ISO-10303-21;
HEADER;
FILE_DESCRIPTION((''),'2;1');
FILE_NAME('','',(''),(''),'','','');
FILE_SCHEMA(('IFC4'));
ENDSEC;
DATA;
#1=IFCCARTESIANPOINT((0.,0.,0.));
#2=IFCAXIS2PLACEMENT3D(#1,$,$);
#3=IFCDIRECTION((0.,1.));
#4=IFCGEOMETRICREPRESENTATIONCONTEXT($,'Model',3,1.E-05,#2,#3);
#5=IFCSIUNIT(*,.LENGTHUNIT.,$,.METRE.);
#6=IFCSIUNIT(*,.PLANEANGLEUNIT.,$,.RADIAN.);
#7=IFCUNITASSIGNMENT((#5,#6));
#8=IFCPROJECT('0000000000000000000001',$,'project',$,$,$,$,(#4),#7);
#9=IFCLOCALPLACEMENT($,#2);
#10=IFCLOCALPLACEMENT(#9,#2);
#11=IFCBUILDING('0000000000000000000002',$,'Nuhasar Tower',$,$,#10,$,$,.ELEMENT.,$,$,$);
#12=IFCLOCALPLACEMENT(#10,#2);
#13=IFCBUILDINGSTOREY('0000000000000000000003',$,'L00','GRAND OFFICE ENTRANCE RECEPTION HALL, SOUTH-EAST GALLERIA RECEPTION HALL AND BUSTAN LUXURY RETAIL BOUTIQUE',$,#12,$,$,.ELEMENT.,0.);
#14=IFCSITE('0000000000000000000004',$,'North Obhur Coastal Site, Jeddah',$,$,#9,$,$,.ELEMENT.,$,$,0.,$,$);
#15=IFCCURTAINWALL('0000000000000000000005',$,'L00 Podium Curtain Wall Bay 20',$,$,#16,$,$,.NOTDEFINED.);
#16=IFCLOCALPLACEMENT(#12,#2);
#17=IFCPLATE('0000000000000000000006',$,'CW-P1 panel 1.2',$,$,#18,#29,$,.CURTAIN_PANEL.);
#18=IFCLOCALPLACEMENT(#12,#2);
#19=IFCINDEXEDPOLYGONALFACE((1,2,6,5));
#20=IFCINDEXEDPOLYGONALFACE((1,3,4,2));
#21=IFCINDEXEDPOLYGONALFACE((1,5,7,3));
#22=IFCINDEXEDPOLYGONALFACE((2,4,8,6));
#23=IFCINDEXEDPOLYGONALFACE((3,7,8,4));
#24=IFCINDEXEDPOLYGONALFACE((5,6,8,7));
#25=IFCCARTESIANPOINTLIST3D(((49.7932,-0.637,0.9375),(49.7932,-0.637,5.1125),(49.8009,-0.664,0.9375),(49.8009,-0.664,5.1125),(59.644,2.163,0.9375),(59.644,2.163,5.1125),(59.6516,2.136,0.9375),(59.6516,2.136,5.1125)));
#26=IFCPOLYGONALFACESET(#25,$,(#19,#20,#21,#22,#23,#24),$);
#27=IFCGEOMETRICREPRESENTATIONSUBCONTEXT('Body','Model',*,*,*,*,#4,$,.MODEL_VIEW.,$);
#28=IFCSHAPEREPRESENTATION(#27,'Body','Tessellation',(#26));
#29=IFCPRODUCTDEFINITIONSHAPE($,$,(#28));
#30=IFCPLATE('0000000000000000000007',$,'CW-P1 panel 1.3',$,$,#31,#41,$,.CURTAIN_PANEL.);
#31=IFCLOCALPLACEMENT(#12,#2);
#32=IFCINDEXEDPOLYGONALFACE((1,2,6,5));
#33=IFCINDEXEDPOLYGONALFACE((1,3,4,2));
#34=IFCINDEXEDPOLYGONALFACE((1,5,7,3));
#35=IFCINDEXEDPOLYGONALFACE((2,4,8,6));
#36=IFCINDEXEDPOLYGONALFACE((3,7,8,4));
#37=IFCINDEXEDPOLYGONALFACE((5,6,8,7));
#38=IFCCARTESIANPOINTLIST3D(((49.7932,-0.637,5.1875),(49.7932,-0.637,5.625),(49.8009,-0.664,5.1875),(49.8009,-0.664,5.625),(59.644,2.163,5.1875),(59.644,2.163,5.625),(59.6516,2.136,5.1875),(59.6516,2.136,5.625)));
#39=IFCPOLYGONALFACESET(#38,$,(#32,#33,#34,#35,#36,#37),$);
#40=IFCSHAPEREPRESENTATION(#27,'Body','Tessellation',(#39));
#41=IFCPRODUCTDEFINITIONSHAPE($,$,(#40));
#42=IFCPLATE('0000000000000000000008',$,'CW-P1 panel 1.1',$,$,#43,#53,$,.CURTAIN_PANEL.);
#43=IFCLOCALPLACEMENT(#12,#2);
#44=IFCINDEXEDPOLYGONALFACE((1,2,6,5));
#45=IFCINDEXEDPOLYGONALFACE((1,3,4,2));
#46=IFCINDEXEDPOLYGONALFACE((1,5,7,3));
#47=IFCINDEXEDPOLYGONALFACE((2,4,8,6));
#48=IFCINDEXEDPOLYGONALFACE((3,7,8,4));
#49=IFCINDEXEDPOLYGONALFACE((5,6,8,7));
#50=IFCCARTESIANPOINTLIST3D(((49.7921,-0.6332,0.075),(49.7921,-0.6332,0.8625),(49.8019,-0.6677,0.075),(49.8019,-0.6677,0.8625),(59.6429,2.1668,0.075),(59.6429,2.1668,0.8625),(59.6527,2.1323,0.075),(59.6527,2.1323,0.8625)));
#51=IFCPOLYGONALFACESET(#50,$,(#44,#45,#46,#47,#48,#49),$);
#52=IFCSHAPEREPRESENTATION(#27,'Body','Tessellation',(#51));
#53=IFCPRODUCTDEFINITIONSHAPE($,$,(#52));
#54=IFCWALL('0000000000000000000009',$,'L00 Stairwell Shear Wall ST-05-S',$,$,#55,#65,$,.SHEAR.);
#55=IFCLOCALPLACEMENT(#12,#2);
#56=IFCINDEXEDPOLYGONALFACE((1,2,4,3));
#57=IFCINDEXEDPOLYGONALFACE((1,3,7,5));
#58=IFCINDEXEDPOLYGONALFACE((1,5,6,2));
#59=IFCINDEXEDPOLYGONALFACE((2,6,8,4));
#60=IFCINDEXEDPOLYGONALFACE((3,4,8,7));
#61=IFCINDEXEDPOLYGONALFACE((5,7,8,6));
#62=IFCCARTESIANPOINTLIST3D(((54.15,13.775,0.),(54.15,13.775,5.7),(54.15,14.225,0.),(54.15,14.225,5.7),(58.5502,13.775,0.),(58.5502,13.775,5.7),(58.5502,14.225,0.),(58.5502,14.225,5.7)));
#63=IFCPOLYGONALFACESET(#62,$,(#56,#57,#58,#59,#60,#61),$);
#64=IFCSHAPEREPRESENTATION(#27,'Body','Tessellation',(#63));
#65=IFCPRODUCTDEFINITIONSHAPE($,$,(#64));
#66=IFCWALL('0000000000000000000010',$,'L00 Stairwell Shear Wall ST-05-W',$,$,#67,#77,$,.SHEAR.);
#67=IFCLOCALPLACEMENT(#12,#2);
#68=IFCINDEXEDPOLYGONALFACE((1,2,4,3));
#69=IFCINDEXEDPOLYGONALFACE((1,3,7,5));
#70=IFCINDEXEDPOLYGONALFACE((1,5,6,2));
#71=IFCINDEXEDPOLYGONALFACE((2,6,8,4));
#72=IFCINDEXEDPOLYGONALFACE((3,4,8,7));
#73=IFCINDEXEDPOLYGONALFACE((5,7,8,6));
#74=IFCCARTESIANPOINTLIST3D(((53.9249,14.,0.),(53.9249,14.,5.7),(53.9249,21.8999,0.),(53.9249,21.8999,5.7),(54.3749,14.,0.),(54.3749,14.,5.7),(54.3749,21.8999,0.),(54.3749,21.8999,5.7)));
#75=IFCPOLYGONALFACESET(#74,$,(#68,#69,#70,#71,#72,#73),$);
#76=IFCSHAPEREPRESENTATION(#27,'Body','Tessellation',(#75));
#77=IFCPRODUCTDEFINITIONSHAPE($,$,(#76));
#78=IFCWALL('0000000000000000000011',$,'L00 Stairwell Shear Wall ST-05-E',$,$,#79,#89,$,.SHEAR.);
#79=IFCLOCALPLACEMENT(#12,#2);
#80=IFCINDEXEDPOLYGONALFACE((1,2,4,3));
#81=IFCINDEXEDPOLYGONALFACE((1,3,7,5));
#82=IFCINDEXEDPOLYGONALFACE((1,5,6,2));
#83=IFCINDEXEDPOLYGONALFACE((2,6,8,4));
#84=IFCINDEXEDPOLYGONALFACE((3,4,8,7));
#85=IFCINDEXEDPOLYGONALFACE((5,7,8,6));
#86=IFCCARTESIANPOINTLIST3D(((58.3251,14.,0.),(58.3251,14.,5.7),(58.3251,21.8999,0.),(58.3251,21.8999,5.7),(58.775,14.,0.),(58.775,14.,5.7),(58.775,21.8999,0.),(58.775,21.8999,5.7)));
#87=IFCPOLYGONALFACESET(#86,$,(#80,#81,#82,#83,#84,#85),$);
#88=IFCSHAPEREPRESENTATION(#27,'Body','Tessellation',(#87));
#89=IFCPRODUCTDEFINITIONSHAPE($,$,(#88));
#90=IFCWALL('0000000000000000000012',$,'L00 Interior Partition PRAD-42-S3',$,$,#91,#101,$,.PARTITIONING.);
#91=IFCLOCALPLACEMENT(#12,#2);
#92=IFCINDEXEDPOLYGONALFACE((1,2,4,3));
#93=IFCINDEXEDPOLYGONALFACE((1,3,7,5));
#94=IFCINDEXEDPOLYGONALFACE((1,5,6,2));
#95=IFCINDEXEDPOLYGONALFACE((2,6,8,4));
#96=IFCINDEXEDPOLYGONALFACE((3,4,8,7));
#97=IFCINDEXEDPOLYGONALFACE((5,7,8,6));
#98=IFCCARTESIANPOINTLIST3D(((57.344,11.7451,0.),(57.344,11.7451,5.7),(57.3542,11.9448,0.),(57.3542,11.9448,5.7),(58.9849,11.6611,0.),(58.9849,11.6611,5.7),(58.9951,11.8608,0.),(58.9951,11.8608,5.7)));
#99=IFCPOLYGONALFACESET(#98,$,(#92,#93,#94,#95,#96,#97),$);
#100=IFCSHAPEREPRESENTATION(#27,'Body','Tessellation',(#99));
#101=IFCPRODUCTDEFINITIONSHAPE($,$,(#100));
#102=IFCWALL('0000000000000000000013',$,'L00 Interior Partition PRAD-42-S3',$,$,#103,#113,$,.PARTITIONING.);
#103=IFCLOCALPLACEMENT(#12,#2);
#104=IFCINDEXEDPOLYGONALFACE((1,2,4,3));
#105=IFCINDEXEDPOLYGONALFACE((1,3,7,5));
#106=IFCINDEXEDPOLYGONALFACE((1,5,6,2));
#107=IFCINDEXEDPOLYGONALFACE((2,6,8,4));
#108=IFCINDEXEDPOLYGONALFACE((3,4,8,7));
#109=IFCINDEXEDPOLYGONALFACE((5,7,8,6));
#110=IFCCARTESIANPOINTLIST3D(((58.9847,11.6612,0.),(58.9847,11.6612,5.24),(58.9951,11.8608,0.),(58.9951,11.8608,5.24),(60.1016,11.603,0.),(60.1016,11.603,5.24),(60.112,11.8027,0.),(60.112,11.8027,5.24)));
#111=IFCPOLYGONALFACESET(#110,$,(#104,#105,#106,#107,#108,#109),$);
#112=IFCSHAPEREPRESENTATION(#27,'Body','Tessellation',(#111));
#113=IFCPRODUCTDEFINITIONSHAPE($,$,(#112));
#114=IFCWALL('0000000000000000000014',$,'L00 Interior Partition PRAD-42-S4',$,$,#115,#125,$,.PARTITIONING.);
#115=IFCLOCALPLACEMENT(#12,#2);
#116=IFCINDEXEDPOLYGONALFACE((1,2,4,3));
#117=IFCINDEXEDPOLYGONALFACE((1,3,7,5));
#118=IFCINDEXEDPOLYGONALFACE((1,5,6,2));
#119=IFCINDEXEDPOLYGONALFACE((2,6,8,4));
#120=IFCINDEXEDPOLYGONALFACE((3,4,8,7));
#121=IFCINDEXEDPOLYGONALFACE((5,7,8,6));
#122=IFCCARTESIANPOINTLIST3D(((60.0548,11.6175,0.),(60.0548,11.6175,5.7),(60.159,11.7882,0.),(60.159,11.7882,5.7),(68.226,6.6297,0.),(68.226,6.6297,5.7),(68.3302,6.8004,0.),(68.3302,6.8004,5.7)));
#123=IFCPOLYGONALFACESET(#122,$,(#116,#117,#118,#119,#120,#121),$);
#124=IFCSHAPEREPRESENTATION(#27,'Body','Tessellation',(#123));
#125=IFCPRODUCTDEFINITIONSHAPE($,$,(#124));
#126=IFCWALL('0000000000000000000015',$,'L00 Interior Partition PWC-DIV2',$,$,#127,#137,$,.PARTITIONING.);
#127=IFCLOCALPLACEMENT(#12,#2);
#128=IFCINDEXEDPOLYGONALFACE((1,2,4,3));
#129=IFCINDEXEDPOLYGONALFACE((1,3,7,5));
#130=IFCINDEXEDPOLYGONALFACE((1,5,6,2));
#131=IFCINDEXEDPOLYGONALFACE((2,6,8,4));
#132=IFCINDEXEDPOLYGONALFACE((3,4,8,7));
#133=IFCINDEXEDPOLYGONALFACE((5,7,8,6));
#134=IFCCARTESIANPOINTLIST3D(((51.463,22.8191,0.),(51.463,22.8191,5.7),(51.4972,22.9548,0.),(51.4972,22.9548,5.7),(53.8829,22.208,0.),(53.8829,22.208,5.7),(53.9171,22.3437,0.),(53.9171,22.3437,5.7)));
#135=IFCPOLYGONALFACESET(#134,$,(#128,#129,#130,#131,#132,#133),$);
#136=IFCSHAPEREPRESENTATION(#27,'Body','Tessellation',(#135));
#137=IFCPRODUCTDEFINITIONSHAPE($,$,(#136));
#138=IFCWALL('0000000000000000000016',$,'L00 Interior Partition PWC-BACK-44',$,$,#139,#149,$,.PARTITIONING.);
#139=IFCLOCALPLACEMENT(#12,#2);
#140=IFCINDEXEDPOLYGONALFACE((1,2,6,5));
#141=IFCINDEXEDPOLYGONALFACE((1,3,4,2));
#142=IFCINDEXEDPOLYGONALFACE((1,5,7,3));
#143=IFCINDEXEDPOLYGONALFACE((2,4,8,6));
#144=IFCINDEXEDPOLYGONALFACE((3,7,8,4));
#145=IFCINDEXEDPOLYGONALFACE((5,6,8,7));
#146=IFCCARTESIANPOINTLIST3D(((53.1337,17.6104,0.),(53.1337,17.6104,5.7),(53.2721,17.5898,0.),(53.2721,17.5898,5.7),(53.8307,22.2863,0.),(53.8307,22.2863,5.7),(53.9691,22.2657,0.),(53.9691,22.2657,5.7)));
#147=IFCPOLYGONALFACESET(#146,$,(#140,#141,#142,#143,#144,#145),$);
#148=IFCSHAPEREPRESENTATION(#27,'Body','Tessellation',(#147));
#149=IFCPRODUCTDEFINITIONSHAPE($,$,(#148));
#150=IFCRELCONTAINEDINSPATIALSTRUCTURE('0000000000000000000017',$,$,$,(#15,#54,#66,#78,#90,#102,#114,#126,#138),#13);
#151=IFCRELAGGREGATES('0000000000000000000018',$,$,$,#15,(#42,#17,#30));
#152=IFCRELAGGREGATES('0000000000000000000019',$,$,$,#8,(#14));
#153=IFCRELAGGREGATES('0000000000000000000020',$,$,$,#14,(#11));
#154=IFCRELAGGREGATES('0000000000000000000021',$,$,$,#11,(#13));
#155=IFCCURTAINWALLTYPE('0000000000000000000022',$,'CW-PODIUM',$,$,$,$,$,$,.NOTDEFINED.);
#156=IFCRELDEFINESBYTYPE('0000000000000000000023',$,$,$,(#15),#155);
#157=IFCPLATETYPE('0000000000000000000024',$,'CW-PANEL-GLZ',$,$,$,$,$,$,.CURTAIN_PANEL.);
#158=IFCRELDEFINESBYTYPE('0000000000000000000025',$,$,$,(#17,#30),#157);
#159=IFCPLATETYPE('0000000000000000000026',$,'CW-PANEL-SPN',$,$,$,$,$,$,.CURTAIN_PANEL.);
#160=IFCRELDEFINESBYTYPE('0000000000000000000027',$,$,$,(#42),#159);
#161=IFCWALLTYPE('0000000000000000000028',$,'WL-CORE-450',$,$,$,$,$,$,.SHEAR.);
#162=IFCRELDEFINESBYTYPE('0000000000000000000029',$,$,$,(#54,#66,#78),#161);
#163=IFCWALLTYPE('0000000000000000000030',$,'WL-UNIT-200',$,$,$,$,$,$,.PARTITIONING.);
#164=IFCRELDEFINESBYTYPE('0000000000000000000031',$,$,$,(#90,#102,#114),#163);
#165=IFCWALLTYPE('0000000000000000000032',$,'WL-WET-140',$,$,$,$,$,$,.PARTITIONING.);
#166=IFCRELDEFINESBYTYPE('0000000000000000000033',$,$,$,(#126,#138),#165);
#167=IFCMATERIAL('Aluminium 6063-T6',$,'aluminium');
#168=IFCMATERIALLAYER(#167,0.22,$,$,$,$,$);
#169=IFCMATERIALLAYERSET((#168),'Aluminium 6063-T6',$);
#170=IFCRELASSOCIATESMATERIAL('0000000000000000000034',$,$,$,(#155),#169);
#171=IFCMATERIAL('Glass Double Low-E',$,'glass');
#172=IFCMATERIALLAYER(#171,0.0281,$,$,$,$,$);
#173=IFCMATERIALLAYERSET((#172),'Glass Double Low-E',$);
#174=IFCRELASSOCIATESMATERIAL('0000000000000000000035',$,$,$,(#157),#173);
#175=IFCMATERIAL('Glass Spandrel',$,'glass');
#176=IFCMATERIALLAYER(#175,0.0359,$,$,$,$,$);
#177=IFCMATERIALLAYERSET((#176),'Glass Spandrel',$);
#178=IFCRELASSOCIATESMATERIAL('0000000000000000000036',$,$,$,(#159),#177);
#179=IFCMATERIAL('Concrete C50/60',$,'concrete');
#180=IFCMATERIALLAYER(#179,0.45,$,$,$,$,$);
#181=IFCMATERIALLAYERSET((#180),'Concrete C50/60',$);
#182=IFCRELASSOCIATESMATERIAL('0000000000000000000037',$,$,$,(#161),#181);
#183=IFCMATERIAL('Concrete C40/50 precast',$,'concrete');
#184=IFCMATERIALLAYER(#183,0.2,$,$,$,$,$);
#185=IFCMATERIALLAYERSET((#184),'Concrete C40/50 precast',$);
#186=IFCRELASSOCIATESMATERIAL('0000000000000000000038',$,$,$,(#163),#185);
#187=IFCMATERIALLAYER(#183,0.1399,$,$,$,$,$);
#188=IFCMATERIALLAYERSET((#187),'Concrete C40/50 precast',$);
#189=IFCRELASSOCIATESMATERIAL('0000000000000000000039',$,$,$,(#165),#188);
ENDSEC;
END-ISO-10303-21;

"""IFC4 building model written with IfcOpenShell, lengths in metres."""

from ifc_helpers import new_model, si_unit, direction, frame, frame_2d, origin, origin_2d, place, context, subcontext, project, spatial, rectangle, extrude, material, layer, layer_set, type_object, element, aggregate, save


model = new_model("IFC4")

# Units and contexts
model_context = context("Model", 3, precision=1e-05, world=origin(), true_north=direction((0.0, 1.0)))
body_context = subcontext(model_context, "Body", "Model", "MODEL_VIEW")
ifc_project = project(units=[si_unit("LENGTHUNIT", "METRE"), si_unit("PLANEANGLEUNIT", "RADIAN")], contexts=[model_context])

# Site, building, storey
site_placement = place(None, origin())
site = spatial("IfcSite", under=ifc_project, at=site_placement, Name="North Obhur Coastal Site, Jeddah", CompositionType="ELEMENT", RefElevation=0.0)
building_placement = place(site_placement, origin())
building = spatial("IfcBuilding", under=site, at=building_placement, Name="Nuhasar Tower", CompositionType="ELEMENT")
storey_placement = place(building_placement, origin())
storey = spatial("IfcBuildingStorey", under=building, at=storey_placement, Name="L00", Description="GRAND OFFICE ENTRANCE RECEPTION HALL, SOUTH-EAST GALLERIA RECEPTION HALL AND BUSTAN LUXURY RETAIL BOUTIQUE", CompositionType="ELEMENT", Elevation=0.0)

# Curtain wall
ifc_material_1 = material(Name="Aluminium 6063-T6", Category="aluminium")
ifc_layer_1 = layer(ifc_material_1, 0.22)
ifc_layer_set_1 = layer_set([ifc_layer_1], Name="Aluminium 6063-T6")
curtain_wall_type = type_object("IfcCurtainWallType", Name="CW-PODIUM", PredefinedType="NOTDEFINED", material=ifc_layer_set_1)
curtain_wall_1_placement = place(storey_placement, origin())
curtain_wall_1 = element("IfcCurtainWall", 1, at=curtain_wall_1_placement, inside=storey, type_object=curtain_wall_type, Name="L00 Podium Curtain Wall Bay 20", PredefinedType="NOTDEFINED")

# Plates
ifc_material_2 = material(Name="Glass Double Low-E", Category="glass")
ifc_layer_2 = layer(ifc_material_2, 0.0281)
ifc_layer_set_2 = layer_set([ifc_layer_2], Name="Glass Double Low-E")
plate_type_1 = type_object("IfcPlateType", Name="CW-PANEL-GLZ", PredefinedType="CURTAIN_PANEL", material=ifc_layer_set_2)
plate_1_placement = place(storey_placement, frame((54.7224, 0.7495, 0.9375), z_axis=(0.0, 0.0, 1.0), x_axis=(0.961897, 0.273412, 0.0)))
plate_1 = element("IfcPlate", 2, at=plate_1_placement, type_object=plate_type_1, Name="CW-P1 panel 1.2", PredefinedType="CURTAIN_PANEL", context=body_context, shape_type="SweptSolid", body=[
    extrude(rectangle(XDim=10.241, YDim=0.0281, at=origin_2d()), origin(), (0.0, 0.0, 1.0), 4.175),
])
plate_2_placement = place(storey_placement, frame((54.7224, 0.7495, 5.1875), z_axis=(0.0, 0.0, 1.0), x_axis=(0.961897, 0.273412, 0.0)))
plate_2 = element("IfcPlate", 3, at=plate_2_placement, type_object=plate_type_1, Name="CW-P1 panel 1.3", PredefinedType="CURTAIN_PANEL", context=body_context, shape_type="SweptSolid", body=[
    extrude(rectangle(XDim=10.241, YDim=0.0281, at=origin_2d()), origin(), (0.0, 0.0, 1.0), 0.4375),
])
ifc_material_3 = material(Name="Glass Spandrel", Category="glass")
ifc_layer_3 = layer(ifc_material_3, 0.0359)
ifc_layer_set_3 = layer_set([ifc_layer_3], Name="Glass Spandrel")
plate_type_2 = type_object("IfcPlateType", Name="CW-PANEL-SPN", PredefinedType="CURTAIN_PANEL", material=ifc_layer_set_3)
plate_3_placement = place(storey_placement, frame((54.7224, 0.7495, 0.075), z_axis=(0.0, 0.0, 1.0), x_axis=(0.961897, 0.273412, 0.0)))
plate_3 = element("IfcPlate", 4, at=plate_3_placement, type_object=plate_type_2, Name="CW-P1 panel 1.1", PredefinedType="CURTAIN_PANEL", context=body_context, shape_type="SweptSolid", body=[
    extrude(rectangle(XDim=10.241, YDim=0.0359, at=origin_2d()), origin(), (0.0, 0.0, 1.0), 0.7876),
])
aggregate(curtain_wall_1, [plate_3, plate_1, plate_2])

# Wall
ifc_material_4 = material(Name="Concrete C50/60", Category="concrete")
ifc_layer_4 = layer(ifc_material_4, 0.45)
ifc_layer_set_4 = layer_set([ifc_layer_4], Name="Concrete C50/60")
wall_type_1 = type_object("IfcWallType", Name="WL-CORE-450", PredefinedType="SHEAR", material=ifc_layer_set_4)
wall_1_placement = place(storey_placement, frame((54.1499, 14.0, 0.0), z_axis=(0.0, 0.0, 1.0), x_axis=(1.0, 0.0, 0.0)))
element("IfcWall", 5, at=wall_1_placement, inside=storey, type_object=wall_type_1, Name="L00 Stairwell Shear Wall ST-05-S", PredefinedType="SHEAR", context=body_context, shape_type="SweptSolid", body=[
    extrude(rectangle(XDim=4.4001, YDim=0.45, at=frame_2d((2.2002, 0.0))), origin(), (0.0, 0.0, 1.0), 5.7),
])

# Walls
for number, where, z_axis, x_axis, name in (
    (6, (54.1499, 14.0, 0.0), (0.0, 0.0, 1.0), (0.0, 1.0, 0.0), "L00 Stairwell Shear Wall ST-05-W"),
    (7, (58.55, 14.0, 0.0), (0.0, 0.0, 1.0), (0.0, 1.0, 0.0), "L00 Stairwell Shear Wall ST-05-E"),
):
    element("IfcWall", number, at=place(storey_placement, frame(where, z_axis=z_axis, x_axis=x_axis)), inside=storey, type_object=wall_type_1, Name=name, PredefinedType="SHEAR", context=body_context, shape_type="SweptSolid", body=[
        extrude(rectangle(XDim=7.8999, YDim=0.45, at=frame_2d((3.95, 0.0))), origin(), (0.0, 0.0, 1.0), 5.7),
    ])
ifc_material_5 = material(Name="Concrete C40/50 precast", Category="concrete")
ifc_layer_5 = layer(ifc_material_5, 0.2)
ifc_layer_set_5 = layer_set([ifc_layer_5], Name="Concrete C40/50 precast")
wall_type_2 = type_object("IfcWallType", Name="WL-UNIT-200", PredefinedType="PARTITIONING", material=ifc_layer_set_5)
wall_2_placement = place(storey_placement, frame((57.3491, 11.845, 0.0), z_axis=(0.0, 0.0, 1.0), x_axis=(0.998693, -0.051116, 0.0)))
element("IfcWall", 8, at=wall_2_placement, inside=storey, type_object=wall_type_2, Name="L00 Interior Partition PRAD-42-S3", PredefinedType="PARTITIONING", context=body_context, shape_type="SweptSolid", body=[
    extrude(rectangle(XDim=1.6431, YDim=0.2, at=frame_2d((0.8215, 0.0))), origin(), (0.0, 0.0, 1.0), 5.7),
])
wall_3_placement = place(storey_placement, frame((58.99, 11.761, 0.0), z_axis=(0.0, 0.0, 1.0), x_axis=(0.99865, -0.051952, 0.0)))
element("IfcWall", 9, at=wall_3_placement, inside=storey, type_object=wall_type_2, Name="L00 Interior Partition PRAD-42-S3", PredefinedType="PARTITIONING", context=body_context, shape_type="SweptSolid", body=[
    extrude(rectangle(XDim=1.1184, YDim=0.2, at=frame_2d((0.5591, 0.0))), origin(), (0.0, 0.0, 1.0), 5.24),
])
wall_4_placement = place(storey_placement, frame((60.1069, 11.7029, 0.0), z_axis=(0.0, 0.0, 1.0), x_axis=(0.853546, -0.521018, 0.0)))
element("IfcWall", 10, at=wall_4_placement, inside=storey, type_object=wall_type_2, Name="L00 Interior Partition PRAD-42-S4", PredefinedType="PARTITIONING", context=body_context, shape_type="SweptSolid", body=[
    extrude(rectangle(XDim=9.5732, YDim=0.2, at=frame_2d((4.7866, 0.0))), origin(), (0.0, 0.0, 1.0), 5.7),
])
ifc_layer_6 = layer(ifc_material_5, 0.1399)
ifc_layer_set_6 = layer_set([ifc_layer_6], Name="Concrete C40/50 precast")
wall_type_3 = type_object("IfcWallType", Name="WL-WET-140", PredefinedType="PARTITIONING", material=ifc_layer_set_6)
wall_5_placement = place(storey_placement, frame((51.48, 22.887, 0.0), z_axis=(0.0, 0.0, 1.0), x_axis=(0.969564, -0.244837, 0.0)))
element("IfcWall", 11, at=wall_5_placement, inside=storey, type_object=wall_type_3, Name="L00 Interior Partition PWC-DIV2", PredefinedType="PARTITIONING", context=body_context, shape_type="SweptSolid", body=[
    extrude(rectangle(XDim=2.4958, YDim=0.1399, at=frame_2d((1.248, 0.0))), origin(), (0.0, 0.0, 1.0), 5.7),
])
wall_6_placement = place(storey_placement, frame((53.2029, 17.6001, 0.0), z_axis=(0.0, 0.0, 1.0), x_axis=(0.147441, 0.989071, 0.0)))
element("IfcWall", 12, at=wall_6_placement, inside=storey, type_object=wall_type_3, Name="L00 Interior Partition PWC-BACK-44", PredefinedType="PARTITIONING", context=body_context, shape_type="SweptSolid", body=[
    extrude(rectangle(XDim=4.7275, YDim=0.1399, at=frame_2d((2.3638, 0.0))), origin(), (0.0, 0.0, 1.0), 5.7),
])

save(model, "model.ifc")
